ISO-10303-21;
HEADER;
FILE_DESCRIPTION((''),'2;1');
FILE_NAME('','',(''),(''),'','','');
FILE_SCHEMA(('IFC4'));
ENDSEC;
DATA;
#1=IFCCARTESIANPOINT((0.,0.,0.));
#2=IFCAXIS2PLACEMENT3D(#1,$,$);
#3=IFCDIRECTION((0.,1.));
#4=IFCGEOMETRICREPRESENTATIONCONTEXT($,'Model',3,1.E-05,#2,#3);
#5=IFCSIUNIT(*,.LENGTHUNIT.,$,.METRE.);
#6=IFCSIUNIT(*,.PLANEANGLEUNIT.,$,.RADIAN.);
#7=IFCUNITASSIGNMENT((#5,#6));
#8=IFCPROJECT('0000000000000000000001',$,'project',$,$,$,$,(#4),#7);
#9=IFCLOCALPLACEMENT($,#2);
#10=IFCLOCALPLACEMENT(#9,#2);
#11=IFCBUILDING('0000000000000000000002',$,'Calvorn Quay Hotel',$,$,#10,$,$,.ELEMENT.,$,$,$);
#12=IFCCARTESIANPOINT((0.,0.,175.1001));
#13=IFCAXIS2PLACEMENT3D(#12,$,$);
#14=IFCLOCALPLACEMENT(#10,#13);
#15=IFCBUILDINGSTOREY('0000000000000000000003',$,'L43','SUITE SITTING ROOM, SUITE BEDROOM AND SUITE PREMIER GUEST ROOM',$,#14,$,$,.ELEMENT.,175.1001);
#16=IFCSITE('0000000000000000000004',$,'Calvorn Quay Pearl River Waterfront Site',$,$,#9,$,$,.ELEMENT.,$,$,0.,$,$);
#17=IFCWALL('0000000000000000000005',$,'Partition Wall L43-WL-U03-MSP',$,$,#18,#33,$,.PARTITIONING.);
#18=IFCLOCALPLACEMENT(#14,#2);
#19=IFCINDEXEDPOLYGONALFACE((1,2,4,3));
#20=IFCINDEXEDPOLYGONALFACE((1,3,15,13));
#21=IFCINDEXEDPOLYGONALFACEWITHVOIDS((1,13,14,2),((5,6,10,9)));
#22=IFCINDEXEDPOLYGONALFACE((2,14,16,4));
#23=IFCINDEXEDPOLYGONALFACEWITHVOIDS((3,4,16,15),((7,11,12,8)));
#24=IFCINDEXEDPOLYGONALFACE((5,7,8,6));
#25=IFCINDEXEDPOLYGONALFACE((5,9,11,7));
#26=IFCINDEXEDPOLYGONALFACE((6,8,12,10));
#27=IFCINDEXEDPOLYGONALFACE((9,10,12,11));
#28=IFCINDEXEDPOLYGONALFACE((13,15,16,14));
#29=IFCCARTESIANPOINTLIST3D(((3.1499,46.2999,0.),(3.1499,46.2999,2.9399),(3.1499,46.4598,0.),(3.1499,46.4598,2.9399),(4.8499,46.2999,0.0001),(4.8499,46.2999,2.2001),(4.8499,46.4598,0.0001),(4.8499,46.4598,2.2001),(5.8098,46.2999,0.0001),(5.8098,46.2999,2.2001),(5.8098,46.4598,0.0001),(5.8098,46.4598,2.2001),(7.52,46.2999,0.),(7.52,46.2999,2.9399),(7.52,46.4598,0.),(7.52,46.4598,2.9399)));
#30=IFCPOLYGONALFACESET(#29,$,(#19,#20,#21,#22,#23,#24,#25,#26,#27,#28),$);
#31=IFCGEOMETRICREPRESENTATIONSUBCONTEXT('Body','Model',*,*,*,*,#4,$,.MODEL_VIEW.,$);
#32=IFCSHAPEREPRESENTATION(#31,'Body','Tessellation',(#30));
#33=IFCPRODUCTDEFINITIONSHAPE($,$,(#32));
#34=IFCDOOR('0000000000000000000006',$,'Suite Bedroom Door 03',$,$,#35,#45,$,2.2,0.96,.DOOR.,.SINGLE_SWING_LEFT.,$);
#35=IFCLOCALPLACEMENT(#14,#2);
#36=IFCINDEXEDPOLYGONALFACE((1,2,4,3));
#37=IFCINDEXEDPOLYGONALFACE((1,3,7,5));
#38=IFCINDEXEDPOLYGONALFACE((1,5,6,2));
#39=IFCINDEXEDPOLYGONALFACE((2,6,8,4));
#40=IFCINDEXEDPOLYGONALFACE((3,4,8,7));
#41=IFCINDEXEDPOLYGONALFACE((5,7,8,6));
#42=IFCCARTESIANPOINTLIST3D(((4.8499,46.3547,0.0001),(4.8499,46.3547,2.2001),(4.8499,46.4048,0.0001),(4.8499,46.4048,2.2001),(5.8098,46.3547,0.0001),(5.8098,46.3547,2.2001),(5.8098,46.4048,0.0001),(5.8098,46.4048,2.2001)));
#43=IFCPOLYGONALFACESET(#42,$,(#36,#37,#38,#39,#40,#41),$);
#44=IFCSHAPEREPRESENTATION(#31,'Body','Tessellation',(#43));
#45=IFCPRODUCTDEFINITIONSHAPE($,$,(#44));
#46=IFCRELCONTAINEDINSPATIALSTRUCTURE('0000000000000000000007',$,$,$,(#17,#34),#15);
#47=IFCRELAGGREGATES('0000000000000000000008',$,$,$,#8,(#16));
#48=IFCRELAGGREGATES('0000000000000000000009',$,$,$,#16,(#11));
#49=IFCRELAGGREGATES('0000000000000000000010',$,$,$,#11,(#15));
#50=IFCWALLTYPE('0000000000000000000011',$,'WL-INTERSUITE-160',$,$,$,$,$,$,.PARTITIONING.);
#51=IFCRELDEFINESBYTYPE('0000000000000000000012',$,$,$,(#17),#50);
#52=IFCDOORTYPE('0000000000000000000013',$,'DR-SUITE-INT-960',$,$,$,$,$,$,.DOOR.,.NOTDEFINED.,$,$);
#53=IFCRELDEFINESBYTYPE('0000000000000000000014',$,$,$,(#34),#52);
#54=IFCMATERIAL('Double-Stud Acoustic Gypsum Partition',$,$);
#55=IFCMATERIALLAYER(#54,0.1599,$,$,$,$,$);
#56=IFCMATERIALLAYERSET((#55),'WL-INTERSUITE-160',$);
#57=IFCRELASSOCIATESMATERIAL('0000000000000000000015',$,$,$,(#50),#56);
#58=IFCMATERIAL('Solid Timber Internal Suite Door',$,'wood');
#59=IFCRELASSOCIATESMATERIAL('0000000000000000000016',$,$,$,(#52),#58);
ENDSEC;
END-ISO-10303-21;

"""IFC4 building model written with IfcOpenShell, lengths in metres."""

from ifc_helpers import new_model, si_unit, direction, frame, frame_2d, origin, place, context, subcontext, project, spatial, rectangle, extrude, material, layer, layer_set, type_object, element, fill, save


model = new_model("IFC4")

# Units and contexts
model_context = context("Model", 3, precision=1e-05, world=origin(), true_north=direction((0.0, 1.0)))
body_context = subcontext(model_context, "Body", "Model", "MODEL_VIEW")
ifc_project = project(units=[si_unit("LENGTHUNIT", "METRE"), si_unit("PLANEANGLEUNIT", "RADIAN")], contexts=[model_context])

# Site, building, storey
site_placement = place(None, origin())
site = spatial("IfcSite", under=ifc_project, at=site_placement, Name="Calvorn Quay Pearl River Waterfront Site", CompositionType="ELEMENT", RefElevation=0.0)
building_placement = place(site_placement, origin())
building = spatial("IfcBuilding", under=site, at=building_placement, Name="Calvorn Quay Hotel", CompositionType="ELEMENT")
storey_placement = place(building_placement, frame((0.0, 0.0, 175.1001)))
storey = spatial("IfcBuildingStorey", under=building, at=storey_placement, Name="L43", Description="SUITE SITTING ROOM, SUITE BEDROOM AND SUITE PREMIER GUEST ROOM", CompositionType="ELEMENT", Elevation=175.1001)

# Shared definitions
ifc_material_1 = material(Name="Double-Stud Acoustic Gypsum Partition")
ifc_layer_1 = layer(ifc_material_1, 0.1599)
ifc_layer_set_1 = layer_set([ifc_layer_1], Name="WL-INTERSUITE-160")
wall_type_1 = type_object("IfcWallType", Name="WL-INTERSUITE-160", PredefinedType="PARTITIONING", material=ifc_layer_set_1)

# Wall, opening, door
wall_1_placement = place(storey_placement, frame((3.1499, 46.3799, 0.0), z_axis=(0.0, 0.0, 1.0), x_axis=(1.0, 0.0, 0.0)))
wall_1 = element("IfcWall", 1, at=wall_1_placement, inside=storey, type_object=wall_type_1, Name="Partition Wall L43-WL-U03-MSP", PredefinedType="PARTITIONING", context=body_context, shape_type="SweptSolid", body=[
    extrude(rectangle(XDim=4.3701, YDim=0.1599, at=frame_2d((2.1851, 0.0))), origin(), (0.0, 0.0, 1.0), 2.9399),
])
opening_1_placement = place(wall_1_placement, frame((1.7, 0.0, 0.0)))
opening_1 = element("IfcOpeningElement", 2, at=opening_1_placement, cuts=wall_1, PredefinedType="OPENING", context=body_context, shape_type="SweptSolid", body=[
    extrude(rectangle(XDim=0.96, YDim=2.2, at=frame_2d((0.48, 1.1001))), frame((0.0, 0.0898, 0.0), z_axis=(0.0, -1.0, 0.0), x_axis=(1.0, 0.0, 0.0)), (0.0, 0.0, 1.0), 0.1799),
])
ifc_material_2 = material(Name="Solid Timber Internal Suite Door", Category="wood")
door_type_1 = type_object("IfcDoorType", Name="DR-SUITE-INT-960", OperationType="NOTDEFINED", PredefinedType="DOOR", material=ifc_material_2)
door_1_placement = place(opening_1_placement, origin())
door_1 = element("IfcDoor", 3, at=door_1_placement, inside=storey, type_object=door_type_1, Name="Suite Bedroom Door 03", OperationType="SINGLE_SWING_LEFT", OverallHeight=2.2, OverallWidth=0.96, PredefinedType="DOOR", context=body_context, shape_type="SweptSolid", body=[
    extrude(rectangle(XDim=0.96, YDim=2.2, at=frame_2d((0.48, 1.1001))), frame((0.0, 0.0249, 0.0), z_axis=(0.0, -1.0, 0.0), x_axis=(1.0, 0.0, 0.0)), (0.0, 0.0, 1.0), 0.05),
])
fill(opening_1, door_1)

save(model, "model.ifc")
